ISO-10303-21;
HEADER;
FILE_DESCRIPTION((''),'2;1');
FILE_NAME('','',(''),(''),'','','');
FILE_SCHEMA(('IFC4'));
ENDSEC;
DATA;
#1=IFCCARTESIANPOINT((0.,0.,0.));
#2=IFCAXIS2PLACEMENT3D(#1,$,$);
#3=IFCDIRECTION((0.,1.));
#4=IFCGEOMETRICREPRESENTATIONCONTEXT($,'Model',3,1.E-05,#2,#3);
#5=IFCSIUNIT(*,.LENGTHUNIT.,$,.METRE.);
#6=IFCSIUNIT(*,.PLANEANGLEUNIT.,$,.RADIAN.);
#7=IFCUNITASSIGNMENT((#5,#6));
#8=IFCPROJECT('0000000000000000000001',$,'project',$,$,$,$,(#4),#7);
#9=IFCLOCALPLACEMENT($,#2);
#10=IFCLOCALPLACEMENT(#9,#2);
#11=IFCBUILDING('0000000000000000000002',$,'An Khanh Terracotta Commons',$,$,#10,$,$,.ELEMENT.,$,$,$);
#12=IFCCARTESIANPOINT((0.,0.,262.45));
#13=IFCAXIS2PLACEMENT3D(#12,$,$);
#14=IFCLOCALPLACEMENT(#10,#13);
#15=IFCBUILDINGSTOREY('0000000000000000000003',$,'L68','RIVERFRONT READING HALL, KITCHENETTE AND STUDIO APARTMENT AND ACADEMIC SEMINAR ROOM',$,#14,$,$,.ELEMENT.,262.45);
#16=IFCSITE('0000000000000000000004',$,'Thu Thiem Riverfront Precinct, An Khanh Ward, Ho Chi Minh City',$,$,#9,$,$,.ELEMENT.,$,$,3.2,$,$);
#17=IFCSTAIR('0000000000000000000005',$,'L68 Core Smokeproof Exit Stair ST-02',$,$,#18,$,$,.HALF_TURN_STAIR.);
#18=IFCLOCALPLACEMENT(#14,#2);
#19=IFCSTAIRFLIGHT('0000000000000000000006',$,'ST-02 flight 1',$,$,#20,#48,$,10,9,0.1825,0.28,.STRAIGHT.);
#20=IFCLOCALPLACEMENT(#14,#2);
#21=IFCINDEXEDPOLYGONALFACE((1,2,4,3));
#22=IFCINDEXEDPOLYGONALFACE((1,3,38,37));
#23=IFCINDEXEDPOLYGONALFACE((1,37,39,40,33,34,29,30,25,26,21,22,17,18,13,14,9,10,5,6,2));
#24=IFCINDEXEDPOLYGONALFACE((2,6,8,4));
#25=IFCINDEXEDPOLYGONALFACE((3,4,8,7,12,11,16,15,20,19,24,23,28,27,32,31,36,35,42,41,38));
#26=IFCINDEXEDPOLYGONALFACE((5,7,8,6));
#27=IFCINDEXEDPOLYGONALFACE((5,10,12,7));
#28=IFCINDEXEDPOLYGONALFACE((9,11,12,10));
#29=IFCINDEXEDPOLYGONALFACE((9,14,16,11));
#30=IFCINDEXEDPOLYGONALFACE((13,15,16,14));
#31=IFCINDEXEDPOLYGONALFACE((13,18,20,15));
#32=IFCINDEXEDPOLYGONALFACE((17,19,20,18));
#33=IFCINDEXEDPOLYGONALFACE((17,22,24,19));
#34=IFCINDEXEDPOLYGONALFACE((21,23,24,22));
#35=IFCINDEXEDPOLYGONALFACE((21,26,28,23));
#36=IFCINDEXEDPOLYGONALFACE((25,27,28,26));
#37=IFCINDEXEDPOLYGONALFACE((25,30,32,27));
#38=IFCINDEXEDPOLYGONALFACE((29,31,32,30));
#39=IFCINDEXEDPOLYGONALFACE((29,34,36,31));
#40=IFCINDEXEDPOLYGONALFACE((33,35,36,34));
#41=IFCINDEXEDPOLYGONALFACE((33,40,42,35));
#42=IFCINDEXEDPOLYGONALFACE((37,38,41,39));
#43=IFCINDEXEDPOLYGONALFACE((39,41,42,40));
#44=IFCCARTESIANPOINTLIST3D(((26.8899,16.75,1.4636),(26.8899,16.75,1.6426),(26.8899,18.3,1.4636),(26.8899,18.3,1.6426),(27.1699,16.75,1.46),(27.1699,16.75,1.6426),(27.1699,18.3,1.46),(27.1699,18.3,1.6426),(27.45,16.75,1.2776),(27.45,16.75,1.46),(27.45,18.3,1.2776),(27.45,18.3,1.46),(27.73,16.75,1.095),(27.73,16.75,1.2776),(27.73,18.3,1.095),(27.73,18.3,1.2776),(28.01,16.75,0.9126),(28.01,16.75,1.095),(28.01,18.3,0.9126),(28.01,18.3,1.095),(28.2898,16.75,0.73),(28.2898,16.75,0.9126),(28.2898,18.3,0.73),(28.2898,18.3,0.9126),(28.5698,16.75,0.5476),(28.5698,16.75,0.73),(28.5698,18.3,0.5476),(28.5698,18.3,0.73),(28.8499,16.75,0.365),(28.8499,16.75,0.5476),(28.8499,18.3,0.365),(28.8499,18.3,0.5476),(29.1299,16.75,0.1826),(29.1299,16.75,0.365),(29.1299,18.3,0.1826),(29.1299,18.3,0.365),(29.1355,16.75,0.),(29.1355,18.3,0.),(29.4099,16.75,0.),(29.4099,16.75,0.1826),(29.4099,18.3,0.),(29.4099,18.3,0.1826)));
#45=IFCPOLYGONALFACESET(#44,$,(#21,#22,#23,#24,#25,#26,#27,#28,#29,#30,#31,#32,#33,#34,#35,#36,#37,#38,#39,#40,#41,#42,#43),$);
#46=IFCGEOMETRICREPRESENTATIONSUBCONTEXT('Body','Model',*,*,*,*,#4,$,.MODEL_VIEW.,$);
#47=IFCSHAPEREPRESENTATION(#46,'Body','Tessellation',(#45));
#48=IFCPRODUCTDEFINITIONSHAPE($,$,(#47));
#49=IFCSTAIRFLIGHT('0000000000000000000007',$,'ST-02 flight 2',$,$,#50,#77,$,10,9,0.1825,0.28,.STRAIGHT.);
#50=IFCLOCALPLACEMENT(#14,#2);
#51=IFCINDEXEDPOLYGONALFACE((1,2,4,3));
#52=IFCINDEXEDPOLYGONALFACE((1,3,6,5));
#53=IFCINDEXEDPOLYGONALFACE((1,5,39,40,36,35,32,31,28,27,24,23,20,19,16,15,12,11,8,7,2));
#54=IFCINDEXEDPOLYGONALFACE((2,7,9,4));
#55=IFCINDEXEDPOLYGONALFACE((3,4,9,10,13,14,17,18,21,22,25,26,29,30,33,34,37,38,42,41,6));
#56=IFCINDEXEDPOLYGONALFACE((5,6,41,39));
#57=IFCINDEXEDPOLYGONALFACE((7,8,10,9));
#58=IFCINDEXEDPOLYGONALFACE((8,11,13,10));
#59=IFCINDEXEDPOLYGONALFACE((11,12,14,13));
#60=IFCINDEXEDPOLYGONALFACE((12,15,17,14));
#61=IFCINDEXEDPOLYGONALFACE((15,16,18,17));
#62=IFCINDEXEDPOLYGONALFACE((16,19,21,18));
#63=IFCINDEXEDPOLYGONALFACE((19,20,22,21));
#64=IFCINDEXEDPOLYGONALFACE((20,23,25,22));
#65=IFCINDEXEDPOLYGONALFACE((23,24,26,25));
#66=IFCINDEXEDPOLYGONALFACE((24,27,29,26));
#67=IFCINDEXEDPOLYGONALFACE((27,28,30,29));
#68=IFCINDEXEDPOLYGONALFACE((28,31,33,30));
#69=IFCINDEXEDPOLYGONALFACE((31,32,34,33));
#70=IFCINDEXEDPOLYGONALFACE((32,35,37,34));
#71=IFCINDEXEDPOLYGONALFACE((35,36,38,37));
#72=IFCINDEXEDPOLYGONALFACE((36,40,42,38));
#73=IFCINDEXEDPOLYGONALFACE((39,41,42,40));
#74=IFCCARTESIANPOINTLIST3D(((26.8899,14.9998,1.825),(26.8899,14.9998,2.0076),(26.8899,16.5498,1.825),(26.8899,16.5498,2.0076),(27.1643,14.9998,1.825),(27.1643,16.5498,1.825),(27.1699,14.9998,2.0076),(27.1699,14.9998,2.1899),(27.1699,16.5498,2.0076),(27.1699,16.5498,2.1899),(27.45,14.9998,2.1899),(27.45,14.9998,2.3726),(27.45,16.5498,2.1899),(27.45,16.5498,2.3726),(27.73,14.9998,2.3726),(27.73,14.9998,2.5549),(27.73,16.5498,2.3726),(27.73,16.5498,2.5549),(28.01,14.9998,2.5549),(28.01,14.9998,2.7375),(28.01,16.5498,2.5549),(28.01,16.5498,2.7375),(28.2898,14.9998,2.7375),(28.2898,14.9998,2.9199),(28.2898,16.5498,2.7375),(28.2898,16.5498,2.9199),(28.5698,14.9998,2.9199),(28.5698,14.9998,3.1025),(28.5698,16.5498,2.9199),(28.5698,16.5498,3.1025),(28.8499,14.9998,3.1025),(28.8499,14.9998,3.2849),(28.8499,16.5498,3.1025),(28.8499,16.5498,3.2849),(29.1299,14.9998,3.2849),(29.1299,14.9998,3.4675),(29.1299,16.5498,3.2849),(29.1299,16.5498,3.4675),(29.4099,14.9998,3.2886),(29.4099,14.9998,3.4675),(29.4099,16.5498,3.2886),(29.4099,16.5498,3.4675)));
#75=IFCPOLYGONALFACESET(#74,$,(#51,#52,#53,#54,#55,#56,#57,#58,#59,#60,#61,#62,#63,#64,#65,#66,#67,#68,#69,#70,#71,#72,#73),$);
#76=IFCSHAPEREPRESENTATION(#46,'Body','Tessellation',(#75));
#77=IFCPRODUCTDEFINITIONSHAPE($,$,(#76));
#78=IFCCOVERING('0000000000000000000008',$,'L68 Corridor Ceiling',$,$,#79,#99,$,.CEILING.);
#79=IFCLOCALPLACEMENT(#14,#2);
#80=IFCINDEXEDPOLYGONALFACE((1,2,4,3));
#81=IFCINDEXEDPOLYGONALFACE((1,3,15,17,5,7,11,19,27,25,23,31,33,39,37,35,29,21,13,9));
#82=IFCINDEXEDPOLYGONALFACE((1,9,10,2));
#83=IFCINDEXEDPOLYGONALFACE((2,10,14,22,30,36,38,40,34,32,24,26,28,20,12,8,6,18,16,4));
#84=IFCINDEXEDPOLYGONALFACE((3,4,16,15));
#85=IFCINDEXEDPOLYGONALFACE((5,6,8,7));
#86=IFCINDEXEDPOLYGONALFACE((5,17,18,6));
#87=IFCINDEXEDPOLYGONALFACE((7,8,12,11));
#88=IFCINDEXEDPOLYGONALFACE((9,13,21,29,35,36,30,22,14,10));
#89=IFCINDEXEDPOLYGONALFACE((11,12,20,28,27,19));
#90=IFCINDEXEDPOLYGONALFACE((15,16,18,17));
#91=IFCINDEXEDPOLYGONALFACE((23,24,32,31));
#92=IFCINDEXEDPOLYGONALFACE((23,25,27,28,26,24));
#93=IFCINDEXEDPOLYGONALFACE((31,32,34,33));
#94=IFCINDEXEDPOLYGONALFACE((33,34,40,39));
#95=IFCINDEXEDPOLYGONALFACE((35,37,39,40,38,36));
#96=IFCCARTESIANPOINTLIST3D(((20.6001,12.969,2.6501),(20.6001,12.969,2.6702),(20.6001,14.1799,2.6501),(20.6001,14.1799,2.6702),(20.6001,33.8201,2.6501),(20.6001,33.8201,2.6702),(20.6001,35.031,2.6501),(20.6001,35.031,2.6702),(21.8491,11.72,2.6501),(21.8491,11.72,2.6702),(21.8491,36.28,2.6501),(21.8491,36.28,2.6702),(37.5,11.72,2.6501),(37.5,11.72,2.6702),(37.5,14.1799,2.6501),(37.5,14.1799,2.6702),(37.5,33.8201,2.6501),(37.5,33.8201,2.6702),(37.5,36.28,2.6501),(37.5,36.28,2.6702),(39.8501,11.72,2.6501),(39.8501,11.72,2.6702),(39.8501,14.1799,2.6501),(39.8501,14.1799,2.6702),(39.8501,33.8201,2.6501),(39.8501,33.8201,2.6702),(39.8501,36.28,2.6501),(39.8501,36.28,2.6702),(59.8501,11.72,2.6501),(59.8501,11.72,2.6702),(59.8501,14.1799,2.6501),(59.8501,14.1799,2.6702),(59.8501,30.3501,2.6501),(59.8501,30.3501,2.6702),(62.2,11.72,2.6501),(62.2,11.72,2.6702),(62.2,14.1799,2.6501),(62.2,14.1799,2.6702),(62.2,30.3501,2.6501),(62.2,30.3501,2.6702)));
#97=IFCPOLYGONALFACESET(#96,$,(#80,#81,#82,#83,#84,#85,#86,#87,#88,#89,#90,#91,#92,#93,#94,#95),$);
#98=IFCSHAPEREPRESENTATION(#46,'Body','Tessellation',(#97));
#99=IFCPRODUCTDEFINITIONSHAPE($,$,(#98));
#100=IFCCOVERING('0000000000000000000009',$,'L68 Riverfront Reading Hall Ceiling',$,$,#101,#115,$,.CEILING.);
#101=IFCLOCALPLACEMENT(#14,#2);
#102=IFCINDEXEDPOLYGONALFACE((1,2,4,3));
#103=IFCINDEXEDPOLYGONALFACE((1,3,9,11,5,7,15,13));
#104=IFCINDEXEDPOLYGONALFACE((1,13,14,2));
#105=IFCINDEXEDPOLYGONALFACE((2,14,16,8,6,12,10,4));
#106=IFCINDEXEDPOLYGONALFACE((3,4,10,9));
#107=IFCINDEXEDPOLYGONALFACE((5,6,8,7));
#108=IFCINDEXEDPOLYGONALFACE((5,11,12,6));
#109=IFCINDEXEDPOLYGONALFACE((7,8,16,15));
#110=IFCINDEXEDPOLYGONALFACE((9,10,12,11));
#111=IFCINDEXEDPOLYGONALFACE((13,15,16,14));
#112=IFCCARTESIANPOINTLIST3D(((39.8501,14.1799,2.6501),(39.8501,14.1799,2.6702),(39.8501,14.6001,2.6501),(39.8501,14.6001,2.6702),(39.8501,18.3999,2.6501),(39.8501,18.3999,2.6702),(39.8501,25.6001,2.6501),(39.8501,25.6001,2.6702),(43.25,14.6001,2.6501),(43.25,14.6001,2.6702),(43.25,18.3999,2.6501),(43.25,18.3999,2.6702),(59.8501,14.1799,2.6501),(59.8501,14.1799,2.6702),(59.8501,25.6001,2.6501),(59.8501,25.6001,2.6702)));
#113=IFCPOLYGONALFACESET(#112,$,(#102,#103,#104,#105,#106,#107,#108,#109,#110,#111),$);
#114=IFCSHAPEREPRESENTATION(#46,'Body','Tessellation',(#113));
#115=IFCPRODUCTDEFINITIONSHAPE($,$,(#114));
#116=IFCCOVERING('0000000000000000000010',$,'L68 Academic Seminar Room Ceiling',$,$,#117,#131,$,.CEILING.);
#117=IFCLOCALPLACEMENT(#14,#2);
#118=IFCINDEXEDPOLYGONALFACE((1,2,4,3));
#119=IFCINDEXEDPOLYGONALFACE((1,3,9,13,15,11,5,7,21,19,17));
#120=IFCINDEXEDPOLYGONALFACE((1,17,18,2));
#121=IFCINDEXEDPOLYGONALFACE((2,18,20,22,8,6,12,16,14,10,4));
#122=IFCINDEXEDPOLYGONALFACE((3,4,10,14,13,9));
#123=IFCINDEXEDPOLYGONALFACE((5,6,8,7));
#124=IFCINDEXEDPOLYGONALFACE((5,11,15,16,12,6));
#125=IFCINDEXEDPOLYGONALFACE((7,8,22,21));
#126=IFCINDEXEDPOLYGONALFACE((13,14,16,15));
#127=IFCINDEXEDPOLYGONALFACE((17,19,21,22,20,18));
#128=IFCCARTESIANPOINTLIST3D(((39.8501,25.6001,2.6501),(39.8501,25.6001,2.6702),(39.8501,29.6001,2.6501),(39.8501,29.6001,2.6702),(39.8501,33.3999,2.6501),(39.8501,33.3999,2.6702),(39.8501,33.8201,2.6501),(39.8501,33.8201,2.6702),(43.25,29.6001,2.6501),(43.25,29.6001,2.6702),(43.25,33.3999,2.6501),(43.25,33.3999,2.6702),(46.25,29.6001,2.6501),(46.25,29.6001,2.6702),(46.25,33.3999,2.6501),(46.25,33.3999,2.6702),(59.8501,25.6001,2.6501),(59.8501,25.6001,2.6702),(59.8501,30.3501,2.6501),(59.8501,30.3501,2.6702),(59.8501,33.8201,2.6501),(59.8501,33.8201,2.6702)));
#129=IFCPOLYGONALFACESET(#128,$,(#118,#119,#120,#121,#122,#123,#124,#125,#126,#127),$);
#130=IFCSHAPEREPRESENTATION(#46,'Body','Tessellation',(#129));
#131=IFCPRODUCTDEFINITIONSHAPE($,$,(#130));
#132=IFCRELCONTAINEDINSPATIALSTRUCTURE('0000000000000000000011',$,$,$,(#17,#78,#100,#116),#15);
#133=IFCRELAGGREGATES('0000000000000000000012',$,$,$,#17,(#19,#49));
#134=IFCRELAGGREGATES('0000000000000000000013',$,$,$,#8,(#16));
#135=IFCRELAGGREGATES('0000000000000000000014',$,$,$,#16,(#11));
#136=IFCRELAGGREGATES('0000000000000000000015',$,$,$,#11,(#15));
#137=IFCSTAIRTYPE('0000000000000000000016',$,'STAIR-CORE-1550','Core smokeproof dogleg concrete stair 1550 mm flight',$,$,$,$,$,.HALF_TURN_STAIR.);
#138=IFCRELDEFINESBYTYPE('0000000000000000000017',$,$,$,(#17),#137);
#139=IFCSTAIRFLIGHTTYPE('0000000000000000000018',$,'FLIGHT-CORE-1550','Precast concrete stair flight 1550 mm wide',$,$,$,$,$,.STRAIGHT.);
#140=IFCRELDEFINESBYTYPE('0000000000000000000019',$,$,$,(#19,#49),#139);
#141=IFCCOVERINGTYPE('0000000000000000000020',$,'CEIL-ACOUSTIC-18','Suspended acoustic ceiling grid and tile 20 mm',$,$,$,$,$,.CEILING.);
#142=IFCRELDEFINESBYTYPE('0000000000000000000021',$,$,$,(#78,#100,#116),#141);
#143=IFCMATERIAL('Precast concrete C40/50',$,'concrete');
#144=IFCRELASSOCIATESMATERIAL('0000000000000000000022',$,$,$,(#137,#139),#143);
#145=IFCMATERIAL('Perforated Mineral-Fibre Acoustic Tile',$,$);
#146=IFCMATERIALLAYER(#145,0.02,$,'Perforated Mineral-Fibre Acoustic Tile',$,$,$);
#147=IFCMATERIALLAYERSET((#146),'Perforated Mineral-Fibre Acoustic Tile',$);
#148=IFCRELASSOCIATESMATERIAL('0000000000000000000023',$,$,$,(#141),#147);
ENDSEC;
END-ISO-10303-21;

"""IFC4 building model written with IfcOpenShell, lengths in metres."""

from ifc_helpers import new_model, si_unit, direction, frame, origin, place, context, subcontext, project, spatial, polyline, outline, extrude, material, layer, layer_set, type_object, element, aggregate, save


model = new_model("IFC4")

# Units and contexts
model_context = context("Model", 3, precision=1e-05, world=origin(), true_north=direction((0.0, 1.0)))
body_context = subcontext(model_context, "Body", "Model", "MODEL_VIEW")
ifc_project = project(units=[si_unit("LENGTHUNIT", "METRE"), si_unit("PLANEANGLEUNIT", "RADIAN")], contexts=[model_context])

# Site, building, storey
site_placement = place(None, origin())
site = spatial("IfcSite", under=ifc_project, at=site_placement, Name="Thu Thiem Riverfront Precinct, An Khanh Ward, Ho Chi Minh City", CompositionType="ELEMENT", RefElevation=3.2)
building_placement = place(site_placement, origin())
building = spatial("IfcBuilding", under=site, at=building_placement, Name="An Khanh Terracotta Commons", CompositionType="ELEMENT")
storey_placement = place(building_placement, frame((0.0, 0.0, 262.45)))
storey = spatial("IfcBuildingStorey", under=building, at=storey_placement, Name="L68", Description="RIVERFRONT READING HALL, KITCHENETTE AND STUDIO APARTMENT AND ACADEMIC SEMINAR ROOM", CompositionType="ELEMENT", Elevation=262.45)

# Stair
ifc_material_1 = material(Name="Precast concrete C40/50", Category="concrete")
stair_type = type_object("IfcStairType", Name="STAIR-CORE-1550", Description="Core smokeproof dogleg concrete stair 1550 mm flight", PredefinedType="HALF_TURN_STAIR", material=ifc_material_1)
stair_1_placement = place(storey_placement, origin())
stair_1 = element("IfcStair", 1, at=stair_1_placement, inside=storey, type_object=stair_type, Name="L68 Core Smokeproof Exit Stair ST-02", PredefinedType="HALF_TURN_STAIR")

# Stair flights
stair_flight_type = type_object("IfcStairFlightType", Name="FLIGHT-CORE-1550", Description="Precast concrete stair flight 1550 mm wide", PredefinedType="STRAIGHT", material=ifc_material_1)
stair_flight_1_placement = place(storey_placement, frame((29.4099, 17.5249, 0.0), z_axis=(0.0, 0.0, 1.0), x_axis=(-1.0, 0.0, 0.0)))
stair_flight_1 = element("IfcStairFlight", 2, at=stair_flight_1_placement, type_object=stair_flight_type, Name="ST-02 flight 1", NumberOfRisers=10, NumberOfTreads=9, PredefinedType="STRAIGHT", RiserHeight=0.1825, TreadLength=0.28, context=body_context, shape_type="SweptSolid", body=[
    extrude(outline(polyline([(0.0, 0.0), (0.0, 0.1826), (0.28, 0.1826), (0.28, 0.365), (0.5601, 0.365), (0.5601, 0.5476), (0.8401, 0.5476), (0.8401, 0.73), (1.1201, 0.73), (1.1201, 0.9126), (1.3999, 0.9126), (1.3999, 1.095), (1.6799, 1.095), (1.6799, 1.2776), (1.96, 1.2776), (1.96, 1.46), (2.24, 1.46), (2.24, 1.6426), (2.52, 1.6426), (2.52, 1.825), (2.52, 1.4636), (0.2744, 0.0), (0.0, 0.0)])), frame((0.0, 0.7749, 0.0), z_axis=(0.0, -1.0, 0.0), x_axis=(1.0, 0.0, 0.0)), (0.0, 0.0, 1.0), 1.55),
])
stair_flight_2_placement = place(storey_placement, frame((26.8899, 15.7749, 1.825), z_axis=(0.0, 0.0, 1.0), x_axis=(1.0, 0.0, 0.0)))
stair_flight_2 = element("IfcStairFlight", 3, at=stair_flight_2_placement, type_object=stair_flight_type, Name="ST-02 flight 2", NumberOfRisers=10, NumberOfTreads=9, PredefinedType="STRAIGHT", RiserHeight=0.1825, TreadLength=0.28, context=body_context, shape_type="SweptSolid", body=[
    extrude(outline(polyline([(0.0, 0.0), (0.0, 0.1826), (0.28, 0.1826), (0.28, 0.365), (0.5601, 0.365), (0.5601, 0.5476), (0.8401, 0.5476), (0.8401, 0.73), (1.1201, 0.73), (1.1201, 0.9126), (1.3999, 0.9126), (1.3999, 1.095), (1.6799, 1.095), (1.6799, 1.2776), (1.96, 1.2776), (1.96, 1.46), (2.24, 1.46), (2.24, 1.6426), (2.52, 1.6426), (2.52, 1.825), (2.52, 1.4636), (0.2744, 0.0), (0.0, 0.0)])), frame((0.0, 0.7749, 0.0), z_axis=(0.0, -1.0, 0.0), x_axis=(1.0, 0.0, 0.0)), (0.0, 0.0, 1.0), 1.55),
])
aggregate(stair_1, [stair_flight_1, stair_flight_2])

# Coverings
ifc_material_2 = material(Name="Perforated Mineral-Fibre Acoustic Tile")
ifc_layer_1 = layer(ifc_material_2, 0.02, Name="Perforated Mineral-Fibre Acoustic Tile")
ifc_layer_set_1 = layer_set([ifc_layer_1], Name="Perforated Mineral-Fibre Acoustic Tile")
covering_type = type_object("IfcCoveringType", Name="CEIL-ACOUSTIC-18", Description="Suspended acoustic ceiling grid and tile 20 mm", PredefinedType="CEILING", material=ifc_layer_set_1)
covering_1_placement = place(storey_placement, frame((0.0, 0.0, 2.6501)))
element("IfcCovering", 4, at=covering_1_placement, inside=storey, type_object=covering_type, Name="L68 Corridor Ceiling", PredefinedType="CEILING", context=body_context, shape_type="SweptSolid", body=[
    extrude(outline(polyline([(59.8501, 30.3501), (62.2, 30.3501), (62.2, 14.1799), (62.2, 11.72), (59.8501, 11.72), (39.8501, 11.72), (37.5, 11.72), (21.8491, 11.72), (20.6001, 12.969), (20.6001, 14.1799), (37.5, 14.1799), (37.5, 33.8201), (20.6001, 33.8201), (20.6001, 35.031), (21.8491, 36.28), (37.5, 36.28), (39.8501, 36.28), (39.8501, 33.8201), (39.8501, 14.1799), (59.8501, 14.1799), (59.8501, 30.3501)])), origin(), (0.0, 0.0, 1.0), 0.02),
])
covering_2_placement = place(storey_placement, frame((0.0, 0.0, 2.6501)))
element("IfcCovering", 5, at=covering_2_placement, inside=storey, type_object=covering_type, Name="L68 Riverfront Reading Hall Ceiling", PredefinedType="CEILING", context=body_context, shape_type="SweptSolid", body=[
    extrude(outline(polyline([(59.8501, 14.1799), (39.8501, 14.1799), (39.8501, 14.6001), (43.25, 14.6001), (43.25, 18.3999), (39.8501, 18.3999), (39.8501, 25.6001), (59.8501, 25.6001), (59.8501, 14.1799)])), origin(), (0.0, 0.0, 1.0), 0.02),
])
covering_3_placement = place(storey_placement, frame((0.0, 0.0, 2.6501)))
element("IfcCovering", 6, at=covering_3_placement, inside=storey, type_object=covering_type, Name="L68 Academic Seminar Room Ceiling", PredefinedType="CEILING", context=body_context, shape_type="SweptSolid", body=[
    extrude(outline(polyline([(59.8501, 25.6001), (39.8501, 25.6001), (39.8501, 29.6001), (43.25, 29.6001), (46.25, 29.6001), (46.25, 33.3999), (43.25, 33.3999), (39.8501, 33.3999), (39.8501, 33.8201), (59.8501, 33.8201), (59.8501, 30.3501), (59.8501, 25.6001)])), origin(), (0.0, 0.0, 1.0), 0.02),
])

save(model, "model.ifc")
